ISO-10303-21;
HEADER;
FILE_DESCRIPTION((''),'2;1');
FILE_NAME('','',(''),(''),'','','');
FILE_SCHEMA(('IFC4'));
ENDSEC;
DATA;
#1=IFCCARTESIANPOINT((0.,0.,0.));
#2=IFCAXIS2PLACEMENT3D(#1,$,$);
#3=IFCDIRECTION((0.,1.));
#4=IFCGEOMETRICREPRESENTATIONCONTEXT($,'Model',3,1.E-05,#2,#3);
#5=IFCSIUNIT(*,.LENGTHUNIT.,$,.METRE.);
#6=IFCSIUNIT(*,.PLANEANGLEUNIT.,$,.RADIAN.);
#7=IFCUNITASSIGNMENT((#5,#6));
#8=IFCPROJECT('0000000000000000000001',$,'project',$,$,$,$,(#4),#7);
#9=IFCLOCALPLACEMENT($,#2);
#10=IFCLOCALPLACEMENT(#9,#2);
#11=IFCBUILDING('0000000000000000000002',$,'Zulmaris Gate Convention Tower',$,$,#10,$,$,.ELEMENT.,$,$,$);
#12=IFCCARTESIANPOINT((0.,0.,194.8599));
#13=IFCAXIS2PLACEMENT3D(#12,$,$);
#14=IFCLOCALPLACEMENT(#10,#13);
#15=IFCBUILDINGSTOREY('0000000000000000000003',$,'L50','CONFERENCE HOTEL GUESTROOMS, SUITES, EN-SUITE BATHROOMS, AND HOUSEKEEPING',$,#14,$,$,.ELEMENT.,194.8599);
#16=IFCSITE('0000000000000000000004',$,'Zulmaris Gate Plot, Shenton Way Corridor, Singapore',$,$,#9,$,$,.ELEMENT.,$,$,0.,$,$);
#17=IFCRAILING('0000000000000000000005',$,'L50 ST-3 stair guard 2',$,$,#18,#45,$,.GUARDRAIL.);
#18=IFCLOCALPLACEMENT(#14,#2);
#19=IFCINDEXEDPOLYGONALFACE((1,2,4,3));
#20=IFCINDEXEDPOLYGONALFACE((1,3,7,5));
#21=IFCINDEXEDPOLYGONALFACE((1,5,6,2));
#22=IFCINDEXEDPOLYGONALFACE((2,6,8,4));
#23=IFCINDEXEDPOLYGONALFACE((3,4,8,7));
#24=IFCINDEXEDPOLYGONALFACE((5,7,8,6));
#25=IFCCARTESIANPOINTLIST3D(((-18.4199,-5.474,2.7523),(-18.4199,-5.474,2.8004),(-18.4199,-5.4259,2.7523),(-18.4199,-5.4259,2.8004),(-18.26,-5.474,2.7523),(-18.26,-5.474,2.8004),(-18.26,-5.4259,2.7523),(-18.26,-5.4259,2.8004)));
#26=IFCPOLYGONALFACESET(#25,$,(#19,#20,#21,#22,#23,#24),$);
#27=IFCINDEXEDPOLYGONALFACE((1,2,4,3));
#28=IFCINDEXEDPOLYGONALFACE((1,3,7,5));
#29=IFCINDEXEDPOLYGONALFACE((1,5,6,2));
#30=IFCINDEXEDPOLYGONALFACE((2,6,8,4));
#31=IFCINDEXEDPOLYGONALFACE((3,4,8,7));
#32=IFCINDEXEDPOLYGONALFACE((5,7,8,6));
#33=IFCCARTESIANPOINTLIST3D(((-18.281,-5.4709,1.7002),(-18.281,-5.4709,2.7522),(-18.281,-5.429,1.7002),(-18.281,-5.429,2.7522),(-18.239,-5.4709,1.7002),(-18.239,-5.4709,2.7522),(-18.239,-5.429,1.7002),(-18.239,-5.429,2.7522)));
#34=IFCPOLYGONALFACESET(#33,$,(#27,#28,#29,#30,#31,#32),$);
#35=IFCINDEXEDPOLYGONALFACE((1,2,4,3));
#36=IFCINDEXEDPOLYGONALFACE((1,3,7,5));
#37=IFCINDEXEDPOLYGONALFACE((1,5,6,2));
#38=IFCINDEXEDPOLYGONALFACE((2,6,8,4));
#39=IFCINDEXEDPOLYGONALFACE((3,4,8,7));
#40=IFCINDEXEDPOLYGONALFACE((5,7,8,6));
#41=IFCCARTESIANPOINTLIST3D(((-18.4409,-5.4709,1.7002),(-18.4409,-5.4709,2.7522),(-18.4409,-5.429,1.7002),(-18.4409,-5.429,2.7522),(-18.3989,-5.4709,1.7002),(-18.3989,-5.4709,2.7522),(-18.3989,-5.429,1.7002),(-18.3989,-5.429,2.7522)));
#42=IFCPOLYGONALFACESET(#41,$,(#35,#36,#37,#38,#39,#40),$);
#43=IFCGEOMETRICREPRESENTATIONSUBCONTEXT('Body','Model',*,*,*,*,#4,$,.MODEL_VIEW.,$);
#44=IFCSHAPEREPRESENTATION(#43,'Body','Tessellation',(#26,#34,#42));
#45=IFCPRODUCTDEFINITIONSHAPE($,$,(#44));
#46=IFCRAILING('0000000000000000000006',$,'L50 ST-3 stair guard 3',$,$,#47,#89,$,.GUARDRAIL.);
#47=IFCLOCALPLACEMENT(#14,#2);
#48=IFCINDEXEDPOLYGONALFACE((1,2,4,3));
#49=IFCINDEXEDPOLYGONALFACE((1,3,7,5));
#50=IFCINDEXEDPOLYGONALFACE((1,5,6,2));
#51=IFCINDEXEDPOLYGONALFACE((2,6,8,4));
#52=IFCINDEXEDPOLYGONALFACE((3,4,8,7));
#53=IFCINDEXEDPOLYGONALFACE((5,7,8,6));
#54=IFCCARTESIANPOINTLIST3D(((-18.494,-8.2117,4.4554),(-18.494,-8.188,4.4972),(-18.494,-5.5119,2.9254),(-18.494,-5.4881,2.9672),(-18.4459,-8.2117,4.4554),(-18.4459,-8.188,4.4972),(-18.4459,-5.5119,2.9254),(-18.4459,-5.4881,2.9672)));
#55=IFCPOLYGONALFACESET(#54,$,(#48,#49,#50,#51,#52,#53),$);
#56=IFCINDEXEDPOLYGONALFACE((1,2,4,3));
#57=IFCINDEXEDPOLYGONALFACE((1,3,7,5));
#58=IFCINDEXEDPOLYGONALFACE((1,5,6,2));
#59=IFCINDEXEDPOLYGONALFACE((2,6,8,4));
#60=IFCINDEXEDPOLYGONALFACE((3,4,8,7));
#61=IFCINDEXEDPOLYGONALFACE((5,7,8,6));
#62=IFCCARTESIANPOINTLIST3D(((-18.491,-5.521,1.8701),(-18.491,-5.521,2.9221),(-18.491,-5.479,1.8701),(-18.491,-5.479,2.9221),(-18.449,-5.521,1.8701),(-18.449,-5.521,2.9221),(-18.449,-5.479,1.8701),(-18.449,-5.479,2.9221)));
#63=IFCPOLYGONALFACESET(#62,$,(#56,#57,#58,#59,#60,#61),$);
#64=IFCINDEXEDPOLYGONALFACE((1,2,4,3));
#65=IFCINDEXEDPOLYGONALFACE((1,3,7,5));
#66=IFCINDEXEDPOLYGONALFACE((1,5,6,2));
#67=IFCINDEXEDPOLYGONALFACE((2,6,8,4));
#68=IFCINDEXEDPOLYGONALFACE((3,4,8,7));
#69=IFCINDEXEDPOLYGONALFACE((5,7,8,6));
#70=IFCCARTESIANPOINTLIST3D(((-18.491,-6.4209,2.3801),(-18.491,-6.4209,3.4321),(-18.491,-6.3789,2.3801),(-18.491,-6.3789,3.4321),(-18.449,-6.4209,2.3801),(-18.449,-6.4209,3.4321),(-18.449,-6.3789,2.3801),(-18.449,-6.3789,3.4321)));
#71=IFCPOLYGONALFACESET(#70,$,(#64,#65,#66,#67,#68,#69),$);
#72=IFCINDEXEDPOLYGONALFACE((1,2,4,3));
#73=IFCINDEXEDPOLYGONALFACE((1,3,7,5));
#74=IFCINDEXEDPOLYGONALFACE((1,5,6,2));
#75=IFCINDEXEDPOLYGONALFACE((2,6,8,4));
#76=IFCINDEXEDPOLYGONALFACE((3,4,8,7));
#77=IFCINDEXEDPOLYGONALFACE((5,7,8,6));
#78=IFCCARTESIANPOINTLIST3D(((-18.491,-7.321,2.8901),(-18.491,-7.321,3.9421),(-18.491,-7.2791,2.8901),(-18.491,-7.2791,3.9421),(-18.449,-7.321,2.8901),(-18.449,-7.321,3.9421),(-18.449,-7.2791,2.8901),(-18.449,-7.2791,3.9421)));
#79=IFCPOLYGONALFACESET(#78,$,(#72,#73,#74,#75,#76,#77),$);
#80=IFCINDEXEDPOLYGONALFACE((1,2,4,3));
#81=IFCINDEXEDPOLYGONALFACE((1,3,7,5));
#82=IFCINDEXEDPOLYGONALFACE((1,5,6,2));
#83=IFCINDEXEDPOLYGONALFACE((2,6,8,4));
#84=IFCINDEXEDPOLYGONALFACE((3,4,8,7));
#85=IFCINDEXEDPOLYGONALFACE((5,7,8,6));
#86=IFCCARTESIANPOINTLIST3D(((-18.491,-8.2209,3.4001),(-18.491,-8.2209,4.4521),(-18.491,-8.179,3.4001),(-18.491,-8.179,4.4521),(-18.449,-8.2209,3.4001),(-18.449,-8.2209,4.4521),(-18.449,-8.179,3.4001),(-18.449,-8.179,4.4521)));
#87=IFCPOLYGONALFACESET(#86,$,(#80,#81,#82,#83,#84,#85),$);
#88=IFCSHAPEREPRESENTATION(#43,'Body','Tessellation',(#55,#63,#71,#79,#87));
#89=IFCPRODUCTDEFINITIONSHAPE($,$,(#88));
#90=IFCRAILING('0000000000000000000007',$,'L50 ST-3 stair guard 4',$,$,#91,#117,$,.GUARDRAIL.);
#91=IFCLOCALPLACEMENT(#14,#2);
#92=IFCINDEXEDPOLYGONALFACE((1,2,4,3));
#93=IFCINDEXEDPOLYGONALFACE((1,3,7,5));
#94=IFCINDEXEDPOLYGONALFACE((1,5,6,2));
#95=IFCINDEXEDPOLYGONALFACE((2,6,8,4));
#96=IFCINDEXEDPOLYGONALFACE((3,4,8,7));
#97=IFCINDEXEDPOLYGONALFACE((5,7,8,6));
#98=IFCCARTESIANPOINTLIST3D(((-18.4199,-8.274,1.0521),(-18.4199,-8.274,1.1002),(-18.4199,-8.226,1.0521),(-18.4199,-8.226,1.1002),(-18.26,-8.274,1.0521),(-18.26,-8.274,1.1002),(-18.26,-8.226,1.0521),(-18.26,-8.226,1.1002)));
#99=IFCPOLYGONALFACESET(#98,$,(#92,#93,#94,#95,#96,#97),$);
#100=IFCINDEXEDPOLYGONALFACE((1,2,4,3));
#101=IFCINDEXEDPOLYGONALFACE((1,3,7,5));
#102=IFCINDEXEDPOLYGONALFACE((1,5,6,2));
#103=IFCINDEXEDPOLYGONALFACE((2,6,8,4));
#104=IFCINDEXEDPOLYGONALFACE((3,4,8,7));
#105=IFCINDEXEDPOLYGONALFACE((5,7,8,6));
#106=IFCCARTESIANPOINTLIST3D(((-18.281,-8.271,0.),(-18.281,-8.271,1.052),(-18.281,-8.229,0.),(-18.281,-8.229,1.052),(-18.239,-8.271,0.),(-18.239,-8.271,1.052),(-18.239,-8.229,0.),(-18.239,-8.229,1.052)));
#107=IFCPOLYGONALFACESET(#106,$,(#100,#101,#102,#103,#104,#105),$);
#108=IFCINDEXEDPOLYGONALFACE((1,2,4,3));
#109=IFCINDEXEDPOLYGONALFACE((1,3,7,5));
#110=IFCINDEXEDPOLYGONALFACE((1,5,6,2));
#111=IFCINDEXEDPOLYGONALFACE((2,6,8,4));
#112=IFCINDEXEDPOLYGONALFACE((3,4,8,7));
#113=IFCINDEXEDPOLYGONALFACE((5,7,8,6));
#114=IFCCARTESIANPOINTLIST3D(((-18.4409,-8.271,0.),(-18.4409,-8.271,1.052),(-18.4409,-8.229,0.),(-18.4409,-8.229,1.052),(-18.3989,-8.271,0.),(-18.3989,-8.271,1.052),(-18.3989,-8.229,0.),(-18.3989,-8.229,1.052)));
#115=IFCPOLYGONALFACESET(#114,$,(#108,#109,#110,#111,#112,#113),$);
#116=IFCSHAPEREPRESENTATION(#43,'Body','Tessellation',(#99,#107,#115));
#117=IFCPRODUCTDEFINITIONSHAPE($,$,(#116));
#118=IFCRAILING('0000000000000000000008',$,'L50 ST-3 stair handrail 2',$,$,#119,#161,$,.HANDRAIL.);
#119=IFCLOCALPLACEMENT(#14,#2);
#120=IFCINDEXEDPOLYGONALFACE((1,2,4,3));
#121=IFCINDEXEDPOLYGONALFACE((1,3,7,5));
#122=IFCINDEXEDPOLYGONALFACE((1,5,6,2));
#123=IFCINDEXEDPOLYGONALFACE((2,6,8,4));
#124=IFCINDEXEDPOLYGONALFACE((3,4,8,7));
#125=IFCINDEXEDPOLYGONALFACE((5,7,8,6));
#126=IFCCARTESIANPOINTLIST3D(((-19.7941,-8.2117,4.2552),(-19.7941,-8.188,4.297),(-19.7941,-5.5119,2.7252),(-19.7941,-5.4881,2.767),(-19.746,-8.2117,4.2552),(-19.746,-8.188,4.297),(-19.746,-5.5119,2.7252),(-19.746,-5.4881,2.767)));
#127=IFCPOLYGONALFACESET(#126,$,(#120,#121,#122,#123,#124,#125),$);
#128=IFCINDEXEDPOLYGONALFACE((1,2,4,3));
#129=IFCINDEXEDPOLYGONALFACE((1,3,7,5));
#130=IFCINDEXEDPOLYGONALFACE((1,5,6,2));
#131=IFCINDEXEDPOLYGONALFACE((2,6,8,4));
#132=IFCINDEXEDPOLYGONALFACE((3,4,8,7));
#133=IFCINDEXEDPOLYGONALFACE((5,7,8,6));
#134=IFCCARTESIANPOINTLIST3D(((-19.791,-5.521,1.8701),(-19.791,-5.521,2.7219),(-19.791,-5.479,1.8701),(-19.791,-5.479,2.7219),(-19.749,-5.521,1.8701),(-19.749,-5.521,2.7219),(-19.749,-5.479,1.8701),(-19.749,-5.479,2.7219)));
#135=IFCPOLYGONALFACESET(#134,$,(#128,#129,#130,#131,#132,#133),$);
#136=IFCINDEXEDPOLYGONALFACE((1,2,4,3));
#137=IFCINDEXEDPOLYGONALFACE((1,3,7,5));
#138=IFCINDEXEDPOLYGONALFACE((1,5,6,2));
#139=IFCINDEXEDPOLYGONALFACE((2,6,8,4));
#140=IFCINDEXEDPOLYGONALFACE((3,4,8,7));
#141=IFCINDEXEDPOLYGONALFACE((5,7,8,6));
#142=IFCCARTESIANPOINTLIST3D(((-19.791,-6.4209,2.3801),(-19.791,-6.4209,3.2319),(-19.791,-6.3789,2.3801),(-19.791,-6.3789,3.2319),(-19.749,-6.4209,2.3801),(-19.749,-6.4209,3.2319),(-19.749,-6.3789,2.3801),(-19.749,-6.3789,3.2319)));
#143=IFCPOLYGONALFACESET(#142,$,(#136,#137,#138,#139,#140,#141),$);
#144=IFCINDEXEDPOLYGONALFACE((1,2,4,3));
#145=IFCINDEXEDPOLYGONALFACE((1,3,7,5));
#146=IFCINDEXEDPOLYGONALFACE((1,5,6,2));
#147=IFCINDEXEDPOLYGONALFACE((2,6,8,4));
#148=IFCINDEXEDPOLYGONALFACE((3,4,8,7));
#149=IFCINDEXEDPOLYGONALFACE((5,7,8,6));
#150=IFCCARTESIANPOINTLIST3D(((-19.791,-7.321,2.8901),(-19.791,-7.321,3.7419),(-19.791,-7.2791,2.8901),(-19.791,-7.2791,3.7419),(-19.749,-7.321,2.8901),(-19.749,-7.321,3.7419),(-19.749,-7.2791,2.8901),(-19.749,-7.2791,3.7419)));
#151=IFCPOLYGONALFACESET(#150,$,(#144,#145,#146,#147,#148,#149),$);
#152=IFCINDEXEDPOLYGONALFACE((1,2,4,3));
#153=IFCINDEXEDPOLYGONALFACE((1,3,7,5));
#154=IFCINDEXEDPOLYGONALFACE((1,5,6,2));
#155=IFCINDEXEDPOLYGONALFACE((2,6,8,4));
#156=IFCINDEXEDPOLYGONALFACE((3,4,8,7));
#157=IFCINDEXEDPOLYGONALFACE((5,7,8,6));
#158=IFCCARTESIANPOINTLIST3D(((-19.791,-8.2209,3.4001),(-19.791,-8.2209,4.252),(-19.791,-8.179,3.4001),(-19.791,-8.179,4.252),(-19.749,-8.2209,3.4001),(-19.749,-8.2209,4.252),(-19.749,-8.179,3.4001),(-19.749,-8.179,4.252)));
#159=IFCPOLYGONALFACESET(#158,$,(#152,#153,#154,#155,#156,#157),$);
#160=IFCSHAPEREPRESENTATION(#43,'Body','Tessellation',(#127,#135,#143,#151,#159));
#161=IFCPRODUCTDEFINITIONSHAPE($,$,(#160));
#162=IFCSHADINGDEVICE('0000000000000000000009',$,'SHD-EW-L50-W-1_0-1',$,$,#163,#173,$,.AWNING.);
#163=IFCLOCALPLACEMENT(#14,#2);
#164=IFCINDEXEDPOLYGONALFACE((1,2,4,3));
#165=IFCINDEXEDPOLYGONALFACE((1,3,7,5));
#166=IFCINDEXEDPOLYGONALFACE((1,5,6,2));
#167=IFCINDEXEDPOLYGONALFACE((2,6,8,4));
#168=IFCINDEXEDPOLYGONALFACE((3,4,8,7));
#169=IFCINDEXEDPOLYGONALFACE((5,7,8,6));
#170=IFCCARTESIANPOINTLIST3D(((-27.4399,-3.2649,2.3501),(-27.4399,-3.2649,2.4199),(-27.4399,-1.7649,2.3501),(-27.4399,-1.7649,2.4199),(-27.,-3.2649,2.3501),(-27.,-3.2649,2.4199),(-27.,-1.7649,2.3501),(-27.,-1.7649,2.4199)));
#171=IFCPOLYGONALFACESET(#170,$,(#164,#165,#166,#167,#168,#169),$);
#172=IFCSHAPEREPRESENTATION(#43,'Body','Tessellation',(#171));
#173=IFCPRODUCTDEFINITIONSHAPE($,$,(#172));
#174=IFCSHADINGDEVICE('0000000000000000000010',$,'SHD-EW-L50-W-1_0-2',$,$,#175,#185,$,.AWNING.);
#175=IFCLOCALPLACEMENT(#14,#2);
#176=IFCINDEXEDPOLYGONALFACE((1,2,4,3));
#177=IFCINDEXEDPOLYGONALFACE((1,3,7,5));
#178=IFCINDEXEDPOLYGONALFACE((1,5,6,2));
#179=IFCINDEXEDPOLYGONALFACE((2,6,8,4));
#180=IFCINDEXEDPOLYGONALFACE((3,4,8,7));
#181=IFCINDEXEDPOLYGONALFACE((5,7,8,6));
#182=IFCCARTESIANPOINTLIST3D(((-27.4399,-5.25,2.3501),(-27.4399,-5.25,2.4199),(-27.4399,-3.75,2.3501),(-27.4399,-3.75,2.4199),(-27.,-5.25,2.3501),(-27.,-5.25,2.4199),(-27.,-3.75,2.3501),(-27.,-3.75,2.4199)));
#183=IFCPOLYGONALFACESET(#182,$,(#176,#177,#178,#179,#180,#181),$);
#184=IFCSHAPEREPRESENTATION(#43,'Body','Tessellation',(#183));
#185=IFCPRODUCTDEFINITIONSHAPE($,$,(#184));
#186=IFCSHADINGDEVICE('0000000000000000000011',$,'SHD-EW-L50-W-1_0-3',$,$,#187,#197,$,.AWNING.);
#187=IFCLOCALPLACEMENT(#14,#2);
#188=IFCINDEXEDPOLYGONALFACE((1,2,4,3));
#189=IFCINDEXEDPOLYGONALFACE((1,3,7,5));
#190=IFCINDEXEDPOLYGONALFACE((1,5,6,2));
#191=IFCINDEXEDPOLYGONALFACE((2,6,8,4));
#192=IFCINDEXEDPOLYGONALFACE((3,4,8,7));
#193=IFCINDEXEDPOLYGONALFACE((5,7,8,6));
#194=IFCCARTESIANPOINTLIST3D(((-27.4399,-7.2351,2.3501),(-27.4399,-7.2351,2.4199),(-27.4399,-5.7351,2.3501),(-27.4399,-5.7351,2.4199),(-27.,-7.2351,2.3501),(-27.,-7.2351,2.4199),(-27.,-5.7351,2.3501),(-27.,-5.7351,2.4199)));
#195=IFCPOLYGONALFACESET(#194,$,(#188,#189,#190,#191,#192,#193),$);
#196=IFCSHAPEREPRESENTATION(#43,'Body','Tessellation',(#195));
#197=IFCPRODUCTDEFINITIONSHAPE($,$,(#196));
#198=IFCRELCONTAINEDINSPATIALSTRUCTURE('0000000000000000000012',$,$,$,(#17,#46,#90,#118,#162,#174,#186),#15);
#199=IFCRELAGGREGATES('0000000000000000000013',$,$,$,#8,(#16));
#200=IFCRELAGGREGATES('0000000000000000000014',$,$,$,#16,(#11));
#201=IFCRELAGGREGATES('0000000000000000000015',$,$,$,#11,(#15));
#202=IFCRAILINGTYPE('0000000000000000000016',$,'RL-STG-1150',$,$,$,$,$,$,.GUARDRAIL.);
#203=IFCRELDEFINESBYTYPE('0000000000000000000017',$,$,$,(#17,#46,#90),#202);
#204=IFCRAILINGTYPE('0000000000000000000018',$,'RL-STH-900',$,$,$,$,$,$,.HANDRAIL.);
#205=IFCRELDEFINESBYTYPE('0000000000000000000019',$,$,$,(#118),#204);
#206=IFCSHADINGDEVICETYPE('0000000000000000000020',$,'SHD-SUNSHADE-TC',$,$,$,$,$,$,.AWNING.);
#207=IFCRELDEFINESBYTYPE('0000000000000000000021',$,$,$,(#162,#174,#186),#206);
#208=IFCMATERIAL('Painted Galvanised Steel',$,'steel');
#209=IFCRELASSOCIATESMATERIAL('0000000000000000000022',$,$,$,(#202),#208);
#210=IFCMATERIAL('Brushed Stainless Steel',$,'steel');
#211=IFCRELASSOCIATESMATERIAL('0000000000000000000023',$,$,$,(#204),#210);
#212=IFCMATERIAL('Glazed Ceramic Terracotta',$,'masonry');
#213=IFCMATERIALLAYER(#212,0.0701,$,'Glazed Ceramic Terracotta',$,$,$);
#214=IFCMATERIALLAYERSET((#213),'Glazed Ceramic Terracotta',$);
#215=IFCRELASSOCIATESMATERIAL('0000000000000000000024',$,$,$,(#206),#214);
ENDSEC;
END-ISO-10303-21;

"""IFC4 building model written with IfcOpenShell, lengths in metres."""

from ifc_helpers import new_model, si_unit, direction, frame, frame_2d, origin, origin_2d, place, context, subcontext, project, spatial, rectangle, extrude, material, layer, layer_set, type_object, element, save


model = new_model("IFC4")

# Units and contexts
model_context = context("Model", 3, precision=1e-05, world=origin(), true_north=direction((0.0, 1.0)))
body_context = subcontext(model_context, "Body", "Model", "MODEL_VIEW")
ifc_project = project(units=[si_unit("LENGTHUNIT", "METRE"), si_unit("PLANEANGLEUNIT", "RADIAN")], contexts=[model_context])

# Site, building, storey
site_placement = place(None, origin())
site = spatial("IfcSite", under=ifc_project, at=site_placement, Name="Zulmaris Gate Plot, Shenton Way Corridor, Singapore", CompositionType="ELEMENT", RefElevation=0.0)
building_placement = place(site_placement, origin())
building = spatial("IfcBuilding", under=site, at=building_placement, Name="Zulmaris Gate Convention Tower", CompositionType="ELEMENT")
storey_placement = place(building_placement, frame((0.0, 0.0, 194.8599)))
storey = spatial("IfcBuildingStorey", under=building, at=storey_placement, Name="L50", Description="CONFERENCE HOTEL GUESTROOMS, SUITES, EN-SUITE BATHROOMS, AND HOUSEKEEPING", CompositionType="ELEMENT", Elevation=194.8599)

# Railings
ifc_material_1 = material(Name="Painted Galvanised Steel", Category="steel")
railing_type_1 = type_object("IfcRailingType", Name="RL-STG-1150", PredefinedType="GUARDRAIL", material=ifc_material_1)
railing_1_placement = place(storey_placement, frame((-18.26, -5.45, 1.7002)))
element("IfcRailing", 1, at=railing_1_placement, inside=storey, type_object=railing_type_1, Name="L50 ST-3 stair guard 2", PredefinedType="GUARDRAIL", context=body_context, shape_type="SweptSolid", body=[
    extrude(rectangle(XDim=0.0481, YDim=0.0481, at=origin_2d()), frame((0.0, 0.0, 1.0762), z_axis=(-1.0, 0.0, 0.0), x_axis=(0.0, -1.0, 0.0)), (0.0, 0.0, 1.0), 0.1599),
    extrude(rectangle(XDim=0.042, YDim=0.042, at=origin_2d()), origin(), (0.0, 0.0, 1.0), 1.052),
    extrude(rectangle(XDim=0.042, YDim=0.042, at=origin_2d()), frame((-0.1599, 0.0, 0.0)), (0.0, 0.0, 1.0), 1.052),
])
railing_2_placement = place(storey_placement, frame((-18.47, -5.5, 1.8701)))
element("IfcRailing", 2, at=railing_2_placement, inside=storey, type_object=railing_type_1, Name="L50 ST-3 stair guard 3", PredefinedType="GUARDRAIL", context=body_context, shape_type="SweptSolid", body=[
    extrude(rectangle(XDim=0.0481, YDim=0.0481, at=origin_2d()), frame((0.0, 0.0, 1.0762), z_axis=(0.0, -0.870014, 0.493026), x_axis=(1.0, 0.0, 0.0)), (0.0, 0.0, 1.0), 3.1033),
    extrude(rectangle(XDim=0.042, YDim=0.042, at=origin_2d()), origin(), (0.0, 0.0, 1.0), 1.052),
    extrude(rectangle(XDim=0.042, YDim=0.042, at=origin_2d()), frame((0.0, -0.8999, 0.51)), (0.0, 0.0, 1.0), 1.052),
    extrude(rectangle(XDim=0.042, YDim=0.042, at=origin_2d()), frame((0.0, -1.8, 1.02)), (0.0, 0.0, 1.0), 1.052),
    extrude(rectangle(XDim=0.042, YDim=0.042, at=origin_2d()), frame((0.0, -2.7, 1.53)), (0.0, 0.0, 1.0), 1.052),
])
railing_3_placement = place(storey_placement, frame((-18.26, -8.25, 0.0)))
element("IfcRailing", 3, at=railing_3_placement, inside=storey, type_object=railing_type_1, Name="L50 ST-3 stair guard 4", PredefinedType="GUARDRAIL", context=body_context, shape_type="SweptSolid", body=[
    extrude(rectangle(XDim=0.0481, YDim=0.0481, at=origin_2d()), frame((0.0, 0.0, 1.0762), z_axis=(-1.0, 0.0, 0.0), x_axis=(0.0, -1.0, 0.0)), (0.0, 0.0, 1.0), 0.1599),
    extrude(rectangle(XDim=0.042, YDim=0.042, at=origin_2d()), origin(), (0.0, 0.0, 1.0), 1.052),
    extrude(rectangle(XDim=0.042, YDim=0.042, at=origin_2d()), frame((-0.1599, 0.0, 0.0)), (0.0, 0.0, 1.0), 1.052),
])
ifc_material_2 = material(Name="Brushed Stainless Steel", Category="steel")
railing_type_2 = type_object("IfcRailingType", Name="RL-STH-900", PredefinedType="HANDRAIL", material=ifc_material_2)
railing_4_placement = place(storey_placement, frame((-19.77, -5.5, 1.8701)))
element("IfcRailing", 4, at=railing_4_placement, inside=storey, type_object=railing_type_2, Name="L50 ST-3 stair handrail 2", PredefinedType="HANDRAIL", context=body_context, shape_type="SweptSolid", body=[
    extrude(rectangle(XDim=0.0481, YDim=0.0481, at=origin_2d()), frame((0.0, 0.0, 0.876), z_axis=(0.0, -0.870014, 0.493026), x_axis=(1.0, 0.0, 0.0)), (0.0, 0.0, 1.0), 3.1033),
    extrude(rectangle(XDim=0.042, YDim=0.042, at=origin_2d()), origin(), (0.0, 0.0, 1.0), 0.8518),
    extrude(rectangle(XDim=0.042, YDim=0.042, at=origin_2d()), frame((0.0, -0.8999, 0.51)), (0.0, 0.0, 1.0), 0.8518),
    extrude(rectangle(XDim=0.042, YDim=0.042, at=origin_2d()), frame((0.0, -1.8, 1.02)), (0.0, 0.0, 1.0), 0.8518),
    extrude(rectangle(XDim=0.042, YDim=0.042, at=origin_2d()), frame((0.0, -2.7, 1.53)), (0.0, 0.0, 1.0), 0.8518),
])

# Shading devices
ifc_material_3 = material(Name="Glazed Ceramic Terracotta", Category="masonry")
ifc_layer_1 = layer(ifc_material_3, 0.0701, Name="Glazed Ceramic Terracotta")
ifc_layer_set_1 = layer_set([ifc_layer_1], Name="Glazed Ceramic Terracotta")
shading_device_type = type_object("IfcShadingDeviceType", Name="SHD-SUNSHADE-TC", PredefinedType="AWNING", material=ifc_layer_set_1)
for number, where, z_axis, x_axis, name in (
    (5, (-27.22, -1.7649, 2.3501), (0.0, 0.0, 1.0), (0.0, -1.0, 0.0), "SHD-EW-L50-W-1_0-1"),
    (6, (-27.22, -3.75, 2.3501), (0.0, 0.0, 1.0), (0.0, -1.0, 0.0), "SHD-EW-L50-W-1_0-2"),
    (7, (-27.22, -5.7351, 2.3501), (0.0, 0.0, 1.0), (0.0, -1.0, 0.0), "SHD-EW-L50-W-1_0-3"),
):
    element("IfcShadingDevice", number, at=place(storey_placement, frame(where, z_axis=z_axis, x_axis=x_axis)), inside=storey, type_object=shading_device_type, Name=name, PredefinedType="AWNING", context=body_context, shape_type="SweptSolid", body=[
        extrude(rectangle(XDim=1.5, YDim=0.4399, at=frame_2d((0.75, 0.0))), origin(), (0.0, 0.0, 1.0), 0.0698),
    ])

save(model, "model.ifc")
